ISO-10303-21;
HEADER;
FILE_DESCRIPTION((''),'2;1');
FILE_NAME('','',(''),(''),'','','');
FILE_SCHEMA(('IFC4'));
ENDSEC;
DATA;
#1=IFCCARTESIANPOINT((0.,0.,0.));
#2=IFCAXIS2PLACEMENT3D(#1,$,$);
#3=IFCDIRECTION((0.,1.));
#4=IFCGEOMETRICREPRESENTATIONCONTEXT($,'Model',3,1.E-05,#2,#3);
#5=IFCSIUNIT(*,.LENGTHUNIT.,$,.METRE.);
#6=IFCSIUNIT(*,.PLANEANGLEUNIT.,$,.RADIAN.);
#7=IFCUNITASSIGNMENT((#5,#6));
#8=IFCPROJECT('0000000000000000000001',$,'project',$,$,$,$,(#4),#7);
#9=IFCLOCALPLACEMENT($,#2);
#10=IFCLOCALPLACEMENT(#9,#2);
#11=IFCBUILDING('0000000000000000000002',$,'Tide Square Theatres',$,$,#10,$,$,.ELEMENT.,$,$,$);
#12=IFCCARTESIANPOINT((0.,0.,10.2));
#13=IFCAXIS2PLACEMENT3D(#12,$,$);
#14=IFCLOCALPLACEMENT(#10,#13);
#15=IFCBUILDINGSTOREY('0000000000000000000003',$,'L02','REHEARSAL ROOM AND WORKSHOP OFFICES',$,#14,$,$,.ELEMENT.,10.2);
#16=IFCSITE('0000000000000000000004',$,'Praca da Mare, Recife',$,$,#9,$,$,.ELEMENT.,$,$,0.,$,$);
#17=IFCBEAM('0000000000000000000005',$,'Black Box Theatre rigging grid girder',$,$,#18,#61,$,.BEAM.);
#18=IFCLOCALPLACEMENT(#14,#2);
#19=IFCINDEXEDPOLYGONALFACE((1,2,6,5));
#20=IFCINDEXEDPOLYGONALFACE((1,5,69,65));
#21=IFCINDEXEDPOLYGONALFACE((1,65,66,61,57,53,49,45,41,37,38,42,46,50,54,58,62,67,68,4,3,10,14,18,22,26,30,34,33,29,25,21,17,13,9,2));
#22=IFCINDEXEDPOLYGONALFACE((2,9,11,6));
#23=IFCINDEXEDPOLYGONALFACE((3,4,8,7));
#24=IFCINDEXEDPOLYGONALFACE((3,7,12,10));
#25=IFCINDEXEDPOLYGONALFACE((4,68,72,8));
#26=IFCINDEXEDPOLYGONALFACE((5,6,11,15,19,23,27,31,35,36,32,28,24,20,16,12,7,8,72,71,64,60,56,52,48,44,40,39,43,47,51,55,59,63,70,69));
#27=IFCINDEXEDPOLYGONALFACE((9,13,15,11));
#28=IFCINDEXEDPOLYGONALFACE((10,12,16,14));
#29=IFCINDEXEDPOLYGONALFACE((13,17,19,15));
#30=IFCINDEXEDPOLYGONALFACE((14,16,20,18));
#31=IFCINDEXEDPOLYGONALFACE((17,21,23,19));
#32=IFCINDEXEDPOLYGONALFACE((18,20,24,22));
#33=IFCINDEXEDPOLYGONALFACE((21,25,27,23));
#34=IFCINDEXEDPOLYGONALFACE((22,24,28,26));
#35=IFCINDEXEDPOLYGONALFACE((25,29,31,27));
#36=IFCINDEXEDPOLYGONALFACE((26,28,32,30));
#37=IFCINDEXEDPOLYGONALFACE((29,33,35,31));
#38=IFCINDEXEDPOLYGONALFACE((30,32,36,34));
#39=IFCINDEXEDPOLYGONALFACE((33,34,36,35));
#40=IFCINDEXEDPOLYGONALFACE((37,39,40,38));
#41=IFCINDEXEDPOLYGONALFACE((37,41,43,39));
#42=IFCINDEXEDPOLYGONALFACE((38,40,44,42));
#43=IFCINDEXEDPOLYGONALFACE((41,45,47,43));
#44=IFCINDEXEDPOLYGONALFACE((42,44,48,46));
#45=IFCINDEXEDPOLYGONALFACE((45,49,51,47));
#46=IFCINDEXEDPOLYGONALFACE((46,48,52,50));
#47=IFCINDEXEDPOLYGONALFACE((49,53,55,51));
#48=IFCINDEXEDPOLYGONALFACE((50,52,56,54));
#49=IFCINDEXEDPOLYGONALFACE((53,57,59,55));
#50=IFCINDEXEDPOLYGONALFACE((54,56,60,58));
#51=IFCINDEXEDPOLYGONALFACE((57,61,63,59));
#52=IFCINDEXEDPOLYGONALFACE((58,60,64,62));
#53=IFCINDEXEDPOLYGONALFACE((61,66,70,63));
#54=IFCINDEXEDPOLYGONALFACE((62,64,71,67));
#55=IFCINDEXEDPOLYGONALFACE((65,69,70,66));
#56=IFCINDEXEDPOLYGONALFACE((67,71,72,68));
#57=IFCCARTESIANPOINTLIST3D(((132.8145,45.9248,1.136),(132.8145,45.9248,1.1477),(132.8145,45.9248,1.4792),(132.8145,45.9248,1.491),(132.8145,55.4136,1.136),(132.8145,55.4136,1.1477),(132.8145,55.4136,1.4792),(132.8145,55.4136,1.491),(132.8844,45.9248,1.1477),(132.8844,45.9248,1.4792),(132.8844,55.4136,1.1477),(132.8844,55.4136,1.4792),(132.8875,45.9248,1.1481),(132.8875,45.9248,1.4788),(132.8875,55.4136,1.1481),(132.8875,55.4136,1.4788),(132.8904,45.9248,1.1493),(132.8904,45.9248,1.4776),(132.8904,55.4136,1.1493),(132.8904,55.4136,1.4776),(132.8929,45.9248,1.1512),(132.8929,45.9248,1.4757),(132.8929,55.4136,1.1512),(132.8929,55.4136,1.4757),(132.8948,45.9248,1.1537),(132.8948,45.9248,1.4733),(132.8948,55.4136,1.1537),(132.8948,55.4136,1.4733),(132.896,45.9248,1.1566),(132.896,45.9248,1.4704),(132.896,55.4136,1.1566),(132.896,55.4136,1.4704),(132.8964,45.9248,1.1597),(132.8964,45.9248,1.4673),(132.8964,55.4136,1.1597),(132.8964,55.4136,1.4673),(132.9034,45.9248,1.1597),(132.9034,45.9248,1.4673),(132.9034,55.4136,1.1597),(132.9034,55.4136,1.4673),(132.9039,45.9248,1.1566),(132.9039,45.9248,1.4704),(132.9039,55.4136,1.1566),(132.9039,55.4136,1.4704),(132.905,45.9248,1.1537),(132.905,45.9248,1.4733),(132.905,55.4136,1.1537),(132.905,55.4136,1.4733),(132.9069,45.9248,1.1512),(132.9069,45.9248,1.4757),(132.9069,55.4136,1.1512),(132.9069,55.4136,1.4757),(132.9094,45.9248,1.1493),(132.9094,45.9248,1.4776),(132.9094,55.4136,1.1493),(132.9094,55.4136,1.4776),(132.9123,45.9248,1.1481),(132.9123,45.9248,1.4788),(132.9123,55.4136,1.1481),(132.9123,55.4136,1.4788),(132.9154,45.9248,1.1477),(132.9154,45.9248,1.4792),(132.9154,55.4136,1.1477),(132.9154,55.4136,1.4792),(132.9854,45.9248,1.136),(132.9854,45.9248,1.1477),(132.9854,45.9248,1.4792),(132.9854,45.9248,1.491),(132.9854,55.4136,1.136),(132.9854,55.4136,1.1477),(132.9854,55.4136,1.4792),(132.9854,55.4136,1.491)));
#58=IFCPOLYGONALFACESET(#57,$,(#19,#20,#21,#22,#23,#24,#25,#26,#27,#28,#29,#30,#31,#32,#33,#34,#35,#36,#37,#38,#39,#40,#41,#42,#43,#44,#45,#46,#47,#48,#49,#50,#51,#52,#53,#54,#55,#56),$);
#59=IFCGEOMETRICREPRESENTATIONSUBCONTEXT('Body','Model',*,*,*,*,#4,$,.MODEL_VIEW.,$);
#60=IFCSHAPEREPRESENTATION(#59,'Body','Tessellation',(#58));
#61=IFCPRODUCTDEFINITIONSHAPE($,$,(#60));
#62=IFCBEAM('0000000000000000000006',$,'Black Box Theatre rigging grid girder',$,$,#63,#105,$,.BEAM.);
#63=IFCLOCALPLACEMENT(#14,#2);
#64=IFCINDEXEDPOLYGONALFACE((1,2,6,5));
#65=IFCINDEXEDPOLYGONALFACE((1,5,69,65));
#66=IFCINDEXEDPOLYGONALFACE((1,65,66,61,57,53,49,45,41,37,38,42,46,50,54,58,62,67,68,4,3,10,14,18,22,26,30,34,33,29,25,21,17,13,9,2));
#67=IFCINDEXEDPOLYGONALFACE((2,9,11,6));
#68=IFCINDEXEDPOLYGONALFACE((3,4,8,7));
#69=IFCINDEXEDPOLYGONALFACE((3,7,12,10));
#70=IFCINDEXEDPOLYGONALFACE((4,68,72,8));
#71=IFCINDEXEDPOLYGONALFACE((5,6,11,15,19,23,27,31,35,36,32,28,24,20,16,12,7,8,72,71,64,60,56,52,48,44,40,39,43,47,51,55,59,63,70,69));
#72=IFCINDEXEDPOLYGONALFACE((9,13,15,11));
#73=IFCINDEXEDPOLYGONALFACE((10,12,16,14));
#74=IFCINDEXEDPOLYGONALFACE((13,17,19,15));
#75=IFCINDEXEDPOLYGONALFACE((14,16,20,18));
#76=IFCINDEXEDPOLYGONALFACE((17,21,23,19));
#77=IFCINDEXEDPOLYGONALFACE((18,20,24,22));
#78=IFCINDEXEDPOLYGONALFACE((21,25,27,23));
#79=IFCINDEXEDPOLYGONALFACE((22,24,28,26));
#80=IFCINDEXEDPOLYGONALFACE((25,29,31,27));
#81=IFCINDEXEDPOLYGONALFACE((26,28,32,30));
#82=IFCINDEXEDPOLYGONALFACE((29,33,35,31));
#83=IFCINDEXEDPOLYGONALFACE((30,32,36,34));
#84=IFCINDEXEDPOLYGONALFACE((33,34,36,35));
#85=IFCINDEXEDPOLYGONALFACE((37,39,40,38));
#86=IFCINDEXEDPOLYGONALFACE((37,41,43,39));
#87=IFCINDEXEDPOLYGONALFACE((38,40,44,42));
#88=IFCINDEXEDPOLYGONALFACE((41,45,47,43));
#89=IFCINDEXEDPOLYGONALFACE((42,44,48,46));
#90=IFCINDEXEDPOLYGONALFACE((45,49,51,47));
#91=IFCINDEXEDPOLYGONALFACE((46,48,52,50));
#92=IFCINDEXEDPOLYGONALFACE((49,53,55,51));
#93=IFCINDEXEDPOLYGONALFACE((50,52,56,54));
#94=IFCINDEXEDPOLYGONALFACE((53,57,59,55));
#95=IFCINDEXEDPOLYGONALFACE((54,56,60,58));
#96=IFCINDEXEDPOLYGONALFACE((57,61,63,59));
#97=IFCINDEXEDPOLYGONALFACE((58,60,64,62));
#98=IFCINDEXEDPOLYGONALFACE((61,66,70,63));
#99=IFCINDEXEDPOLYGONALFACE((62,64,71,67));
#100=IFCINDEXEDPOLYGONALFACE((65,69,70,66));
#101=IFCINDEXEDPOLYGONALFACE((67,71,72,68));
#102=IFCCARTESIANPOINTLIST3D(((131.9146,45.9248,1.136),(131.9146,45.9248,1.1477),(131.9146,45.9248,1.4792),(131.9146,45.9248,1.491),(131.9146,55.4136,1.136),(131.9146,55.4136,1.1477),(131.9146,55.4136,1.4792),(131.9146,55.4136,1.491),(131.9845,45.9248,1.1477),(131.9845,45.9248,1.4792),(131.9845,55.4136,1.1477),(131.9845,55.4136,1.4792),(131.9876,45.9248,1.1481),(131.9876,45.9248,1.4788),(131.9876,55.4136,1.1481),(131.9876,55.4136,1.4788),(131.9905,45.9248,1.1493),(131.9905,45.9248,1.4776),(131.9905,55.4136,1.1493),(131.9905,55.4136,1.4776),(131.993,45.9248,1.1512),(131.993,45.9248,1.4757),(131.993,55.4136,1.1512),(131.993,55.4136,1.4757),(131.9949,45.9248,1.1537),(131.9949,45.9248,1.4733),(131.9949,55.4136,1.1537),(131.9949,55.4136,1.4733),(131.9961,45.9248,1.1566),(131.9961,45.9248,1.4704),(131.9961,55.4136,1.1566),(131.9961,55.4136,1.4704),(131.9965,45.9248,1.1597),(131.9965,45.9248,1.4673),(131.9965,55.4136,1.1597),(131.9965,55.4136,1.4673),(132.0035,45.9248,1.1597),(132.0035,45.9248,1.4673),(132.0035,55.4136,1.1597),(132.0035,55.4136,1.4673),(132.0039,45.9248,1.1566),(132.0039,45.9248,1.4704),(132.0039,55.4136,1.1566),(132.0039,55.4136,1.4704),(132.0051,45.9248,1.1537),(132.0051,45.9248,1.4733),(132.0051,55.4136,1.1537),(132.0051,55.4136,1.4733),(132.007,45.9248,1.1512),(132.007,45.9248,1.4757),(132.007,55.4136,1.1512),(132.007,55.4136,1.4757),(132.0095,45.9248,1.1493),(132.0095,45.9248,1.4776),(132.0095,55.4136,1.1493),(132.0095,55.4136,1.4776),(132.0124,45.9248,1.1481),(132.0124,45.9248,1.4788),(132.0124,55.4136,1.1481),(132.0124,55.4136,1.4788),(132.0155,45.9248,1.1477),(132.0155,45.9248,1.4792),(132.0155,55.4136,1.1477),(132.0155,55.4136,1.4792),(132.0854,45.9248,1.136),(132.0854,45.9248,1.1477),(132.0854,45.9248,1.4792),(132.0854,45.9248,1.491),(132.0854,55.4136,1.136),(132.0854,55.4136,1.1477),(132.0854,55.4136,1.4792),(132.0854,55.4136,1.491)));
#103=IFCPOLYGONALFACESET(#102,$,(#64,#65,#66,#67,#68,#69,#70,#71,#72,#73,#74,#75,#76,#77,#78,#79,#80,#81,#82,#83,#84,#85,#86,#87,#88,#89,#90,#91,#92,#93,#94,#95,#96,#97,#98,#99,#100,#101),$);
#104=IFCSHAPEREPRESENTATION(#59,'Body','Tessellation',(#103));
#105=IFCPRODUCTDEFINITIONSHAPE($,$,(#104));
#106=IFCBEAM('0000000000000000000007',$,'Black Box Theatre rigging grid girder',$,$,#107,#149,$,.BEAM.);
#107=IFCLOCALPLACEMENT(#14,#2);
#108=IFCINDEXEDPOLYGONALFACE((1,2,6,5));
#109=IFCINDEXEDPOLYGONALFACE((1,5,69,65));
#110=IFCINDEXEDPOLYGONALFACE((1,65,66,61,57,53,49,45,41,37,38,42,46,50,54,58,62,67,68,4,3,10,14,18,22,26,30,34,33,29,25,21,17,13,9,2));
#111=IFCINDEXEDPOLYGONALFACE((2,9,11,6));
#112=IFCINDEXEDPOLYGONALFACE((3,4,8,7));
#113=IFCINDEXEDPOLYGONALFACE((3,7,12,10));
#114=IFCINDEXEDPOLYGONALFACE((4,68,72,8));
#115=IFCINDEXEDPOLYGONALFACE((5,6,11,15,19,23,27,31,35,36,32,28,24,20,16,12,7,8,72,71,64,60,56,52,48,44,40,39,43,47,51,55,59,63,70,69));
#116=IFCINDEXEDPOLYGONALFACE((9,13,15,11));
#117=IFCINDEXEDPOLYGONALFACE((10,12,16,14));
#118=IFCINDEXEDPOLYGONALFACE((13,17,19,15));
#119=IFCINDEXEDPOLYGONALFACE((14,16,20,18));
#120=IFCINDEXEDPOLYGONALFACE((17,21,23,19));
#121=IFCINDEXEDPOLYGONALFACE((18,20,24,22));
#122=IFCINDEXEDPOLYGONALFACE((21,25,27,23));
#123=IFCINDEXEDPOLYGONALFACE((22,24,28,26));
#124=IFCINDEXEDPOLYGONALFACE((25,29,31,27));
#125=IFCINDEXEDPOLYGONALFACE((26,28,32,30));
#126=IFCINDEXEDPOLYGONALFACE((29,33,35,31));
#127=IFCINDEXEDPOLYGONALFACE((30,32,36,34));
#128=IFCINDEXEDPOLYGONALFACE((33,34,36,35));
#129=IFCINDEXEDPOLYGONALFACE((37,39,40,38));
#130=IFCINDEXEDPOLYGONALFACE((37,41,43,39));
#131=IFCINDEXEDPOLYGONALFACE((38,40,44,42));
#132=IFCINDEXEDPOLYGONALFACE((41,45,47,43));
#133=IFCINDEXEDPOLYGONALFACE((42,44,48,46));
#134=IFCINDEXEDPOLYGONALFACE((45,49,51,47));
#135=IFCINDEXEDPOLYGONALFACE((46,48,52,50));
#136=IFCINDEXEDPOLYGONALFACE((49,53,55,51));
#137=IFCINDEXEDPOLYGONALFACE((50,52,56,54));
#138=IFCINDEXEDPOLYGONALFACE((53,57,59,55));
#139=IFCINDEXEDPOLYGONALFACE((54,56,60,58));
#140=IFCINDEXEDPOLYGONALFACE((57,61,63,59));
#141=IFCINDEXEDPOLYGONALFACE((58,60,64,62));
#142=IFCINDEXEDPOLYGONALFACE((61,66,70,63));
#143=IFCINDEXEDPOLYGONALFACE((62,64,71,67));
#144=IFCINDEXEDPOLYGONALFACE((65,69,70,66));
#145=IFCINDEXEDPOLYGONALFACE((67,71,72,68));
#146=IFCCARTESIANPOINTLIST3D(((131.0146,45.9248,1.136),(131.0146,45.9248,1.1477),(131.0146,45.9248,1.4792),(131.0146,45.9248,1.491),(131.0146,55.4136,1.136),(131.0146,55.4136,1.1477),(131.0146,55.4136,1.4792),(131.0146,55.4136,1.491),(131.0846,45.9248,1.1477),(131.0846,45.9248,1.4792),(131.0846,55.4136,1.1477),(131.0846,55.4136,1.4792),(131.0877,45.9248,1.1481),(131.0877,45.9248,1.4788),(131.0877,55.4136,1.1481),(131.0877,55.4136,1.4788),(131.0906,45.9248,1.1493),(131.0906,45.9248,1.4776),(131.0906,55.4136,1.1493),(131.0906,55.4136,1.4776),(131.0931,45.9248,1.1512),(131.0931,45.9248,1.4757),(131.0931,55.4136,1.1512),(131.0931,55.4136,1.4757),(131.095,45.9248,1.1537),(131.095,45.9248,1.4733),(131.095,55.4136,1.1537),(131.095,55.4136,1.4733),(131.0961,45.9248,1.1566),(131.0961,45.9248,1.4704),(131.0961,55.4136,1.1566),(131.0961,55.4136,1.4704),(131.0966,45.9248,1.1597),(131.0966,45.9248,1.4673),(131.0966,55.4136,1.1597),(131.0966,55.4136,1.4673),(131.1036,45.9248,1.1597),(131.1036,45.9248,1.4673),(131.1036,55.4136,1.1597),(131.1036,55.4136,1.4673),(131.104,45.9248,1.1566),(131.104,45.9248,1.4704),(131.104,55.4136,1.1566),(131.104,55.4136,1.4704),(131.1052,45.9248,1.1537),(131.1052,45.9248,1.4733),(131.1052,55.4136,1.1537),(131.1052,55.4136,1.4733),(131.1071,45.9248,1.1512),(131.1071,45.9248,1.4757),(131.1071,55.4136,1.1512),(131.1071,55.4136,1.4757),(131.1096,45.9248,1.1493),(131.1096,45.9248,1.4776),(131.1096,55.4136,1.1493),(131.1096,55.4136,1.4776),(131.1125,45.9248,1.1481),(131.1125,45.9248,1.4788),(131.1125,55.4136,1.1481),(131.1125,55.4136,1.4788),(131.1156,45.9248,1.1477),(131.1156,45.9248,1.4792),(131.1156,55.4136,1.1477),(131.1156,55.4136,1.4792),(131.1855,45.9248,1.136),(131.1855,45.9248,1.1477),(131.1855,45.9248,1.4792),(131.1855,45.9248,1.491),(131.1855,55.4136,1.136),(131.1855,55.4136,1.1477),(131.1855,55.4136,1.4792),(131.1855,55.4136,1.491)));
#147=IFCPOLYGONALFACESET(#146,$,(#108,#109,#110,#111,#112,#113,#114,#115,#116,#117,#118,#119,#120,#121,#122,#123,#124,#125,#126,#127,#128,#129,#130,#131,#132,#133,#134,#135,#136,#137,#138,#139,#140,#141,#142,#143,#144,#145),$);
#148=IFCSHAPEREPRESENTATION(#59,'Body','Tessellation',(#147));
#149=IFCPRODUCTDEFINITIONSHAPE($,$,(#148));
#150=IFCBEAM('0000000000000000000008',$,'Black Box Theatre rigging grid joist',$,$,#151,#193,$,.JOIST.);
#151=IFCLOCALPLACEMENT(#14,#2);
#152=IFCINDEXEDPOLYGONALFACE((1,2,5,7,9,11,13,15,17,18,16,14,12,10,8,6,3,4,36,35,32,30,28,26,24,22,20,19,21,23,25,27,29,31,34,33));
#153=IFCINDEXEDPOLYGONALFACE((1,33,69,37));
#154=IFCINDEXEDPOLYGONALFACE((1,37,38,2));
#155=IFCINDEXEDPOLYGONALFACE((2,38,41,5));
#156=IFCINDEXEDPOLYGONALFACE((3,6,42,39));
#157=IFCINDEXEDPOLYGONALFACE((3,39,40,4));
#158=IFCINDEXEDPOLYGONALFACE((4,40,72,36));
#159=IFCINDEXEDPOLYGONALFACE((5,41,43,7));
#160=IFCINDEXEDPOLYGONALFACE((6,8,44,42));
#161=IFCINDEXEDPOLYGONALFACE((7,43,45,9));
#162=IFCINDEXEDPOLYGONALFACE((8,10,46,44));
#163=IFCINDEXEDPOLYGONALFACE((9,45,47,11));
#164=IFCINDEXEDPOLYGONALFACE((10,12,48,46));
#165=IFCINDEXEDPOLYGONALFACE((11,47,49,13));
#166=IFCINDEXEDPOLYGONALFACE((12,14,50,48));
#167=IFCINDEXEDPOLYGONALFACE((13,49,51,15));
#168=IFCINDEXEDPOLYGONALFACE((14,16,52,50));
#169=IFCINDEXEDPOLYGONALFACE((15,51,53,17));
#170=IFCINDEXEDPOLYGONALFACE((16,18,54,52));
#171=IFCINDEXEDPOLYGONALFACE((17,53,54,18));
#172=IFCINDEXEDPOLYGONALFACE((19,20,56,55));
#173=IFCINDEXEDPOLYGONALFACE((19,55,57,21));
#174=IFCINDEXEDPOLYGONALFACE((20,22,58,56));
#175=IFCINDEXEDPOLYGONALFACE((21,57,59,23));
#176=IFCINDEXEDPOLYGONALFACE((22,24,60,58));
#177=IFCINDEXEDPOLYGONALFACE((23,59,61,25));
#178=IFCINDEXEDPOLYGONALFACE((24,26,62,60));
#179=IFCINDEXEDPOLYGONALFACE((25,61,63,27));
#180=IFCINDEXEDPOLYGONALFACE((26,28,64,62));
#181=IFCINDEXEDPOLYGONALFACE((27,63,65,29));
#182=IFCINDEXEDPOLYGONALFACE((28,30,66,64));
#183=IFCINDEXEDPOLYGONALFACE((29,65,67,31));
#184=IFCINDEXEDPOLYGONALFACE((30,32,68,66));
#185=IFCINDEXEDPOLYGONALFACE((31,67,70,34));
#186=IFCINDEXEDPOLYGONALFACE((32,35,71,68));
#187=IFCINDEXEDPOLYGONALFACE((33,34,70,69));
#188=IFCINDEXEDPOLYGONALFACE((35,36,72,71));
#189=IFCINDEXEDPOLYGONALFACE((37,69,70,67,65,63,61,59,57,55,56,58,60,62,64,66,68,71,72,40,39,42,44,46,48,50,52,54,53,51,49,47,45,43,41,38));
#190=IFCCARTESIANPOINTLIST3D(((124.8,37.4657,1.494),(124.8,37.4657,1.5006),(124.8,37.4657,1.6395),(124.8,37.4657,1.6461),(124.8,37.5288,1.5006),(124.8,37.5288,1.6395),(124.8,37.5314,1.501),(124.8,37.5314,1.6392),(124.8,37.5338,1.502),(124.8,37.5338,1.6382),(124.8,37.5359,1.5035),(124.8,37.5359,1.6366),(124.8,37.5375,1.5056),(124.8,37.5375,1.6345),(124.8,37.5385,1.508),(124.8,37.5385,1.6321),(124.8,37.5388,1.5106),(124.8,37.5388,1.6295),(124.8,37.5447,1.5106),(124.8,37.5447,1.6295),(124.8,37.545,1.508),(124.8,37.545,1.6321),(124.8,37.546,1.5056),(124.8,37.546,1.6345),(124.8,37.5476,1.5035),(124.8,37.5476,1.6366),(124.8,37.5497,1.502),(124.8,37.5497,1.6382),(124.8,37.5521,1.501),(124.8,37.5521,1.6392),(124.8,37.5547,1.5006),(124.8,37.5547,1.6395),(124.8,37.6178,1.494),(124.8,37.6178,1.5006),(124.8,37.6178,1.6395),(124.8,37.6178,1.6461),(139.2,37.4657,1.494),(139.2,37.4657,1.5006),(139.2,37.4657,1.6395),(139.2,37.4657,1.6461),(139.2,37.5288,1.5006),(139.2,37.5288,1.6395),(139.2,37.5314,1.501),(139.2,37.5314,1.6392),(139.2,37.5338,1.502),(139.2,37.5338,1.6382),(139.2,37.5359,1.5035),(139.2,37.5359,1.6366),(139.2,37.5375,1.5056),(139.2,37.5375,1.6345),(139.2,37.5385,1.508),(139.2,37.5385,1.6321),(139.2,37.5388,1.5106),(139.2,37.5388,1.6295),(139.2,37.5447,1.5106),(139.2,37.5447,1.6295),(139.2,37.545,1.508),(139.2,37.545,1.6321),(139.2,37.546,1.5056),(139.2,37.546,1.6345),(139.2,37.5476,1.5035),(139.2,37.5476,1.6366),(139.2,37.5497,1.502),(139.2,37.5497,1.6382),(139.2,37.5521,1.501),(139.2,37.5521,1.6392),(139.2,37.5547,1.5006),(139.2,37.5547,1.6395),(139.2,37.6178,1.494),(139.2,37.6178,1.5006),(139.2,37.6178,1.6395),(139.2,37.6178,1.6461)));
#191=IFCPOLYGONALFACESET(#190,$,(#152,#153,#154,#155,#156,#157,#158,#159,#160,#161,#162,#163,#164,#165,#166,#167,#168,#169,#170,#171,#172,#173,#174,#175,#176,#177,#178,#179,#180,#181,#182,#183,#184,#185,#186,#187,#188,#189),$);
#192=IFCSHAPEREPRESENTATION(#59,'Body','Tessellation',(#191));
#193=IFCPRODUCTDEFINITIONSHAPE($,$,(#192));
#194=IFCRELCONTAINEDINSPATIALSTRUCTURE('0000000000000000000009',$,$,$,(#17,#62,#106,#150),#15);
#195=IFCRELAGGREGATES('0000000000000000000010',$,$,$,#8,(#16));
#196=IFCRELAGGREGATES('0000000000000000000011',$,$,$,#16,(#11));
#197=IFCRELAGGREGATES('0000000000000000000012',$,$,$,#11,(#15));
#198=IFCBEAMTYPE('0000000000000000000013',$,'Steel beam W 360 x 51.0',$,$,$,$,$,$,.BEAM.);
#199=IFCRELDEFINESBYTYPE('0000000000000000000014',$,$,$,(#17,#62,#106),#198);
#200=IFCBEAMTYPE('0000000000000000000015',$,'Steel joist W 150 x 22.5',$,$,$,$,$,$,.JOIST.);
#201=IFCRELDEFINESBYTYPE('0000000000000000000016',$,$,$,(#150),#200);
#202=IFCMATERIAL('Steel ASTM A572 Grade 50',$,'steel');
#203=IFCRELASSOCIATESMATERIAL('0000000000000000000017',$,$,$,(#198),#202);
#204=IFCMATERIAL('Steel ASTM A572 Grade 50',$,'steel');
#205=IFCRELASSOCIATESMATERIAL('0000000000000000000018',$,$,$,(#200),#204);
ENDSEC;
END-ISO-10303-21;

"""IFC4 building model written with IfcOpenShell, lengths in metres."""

from ifc_helpers import new_model, si_unit, direction, frame, origin, origin_2d, place, context, subcontext, project, spatial, i_section, extrude, material, material_profile, profile_set, type_object, element, save


model = new_model("IFC4")

# Units and contexts
model_context = context("Model", 3, precision=1e-05, world=origin(), true_north=direction((0.0, 1.0)))
body_context = subcontext(model_context, "Body", "Model", "MODEL_VIEW")
ifc_project = project(units=[si_unit("LENGTHUNIT", "METRE"), si_unit("PLANEANGLEUNIT", "RADIAN")], contexts=[model_context])

# Site, building, storey
site_placement = place(None, origin())
site = spatial("IfcSite", under=ifc_project, at=site_placement, Name="Praca da Mare, Recife", CompositionType="ELEMENT", RefElevation=0.0)
building_placement = place(site_placement, origin())
building = spatial("IfcBuilding", under=site, at=building_placement, Name="Tide Square Theatres", CompositionType="ELEMENT")
storey_placement = place(building_placement, frame((0.0, 0.0, 10.2)))
storey = spatial("IfcBuildingStorey", under=building, at=storey_placement, Name="L02", Description="REHEARSAL ROOM AND WORKSHOP OFFICES", CompositionType="ELEMENT", Elevation=10.2)

# Beams
ifc_material_1 = material(Name="Steel ASTM A572 Grade 50", Category="steel")
ifc_material_profile_1 = material_profile(ifc_material_1, i_section(OverallWidth=0.1709, OverallDepth=0.355, WebThickness=0.0071, FlangeThickness=0.0117, FilletRadius=0.012, at=origin_2d()))
ifc_profile_set_1 = profile_set([ifc_material_profile_1], Name="Steel ASTM A572 Grade 50")
beam_type_1 = type_object("IfcBeamType", Name="Steel beam W 360 x 51.0", PredefinedType="BEAM", material=ifc_profile_set_1)
for number, where, z_axis, x_axis, name in (
    (1, (132.8999, 45.9248, 1.3135), (0.0, 1.0, 0.0), (-1.0, 0.0, 0.0), "Black Box Theatre rigging grid girder"),
    (2, (132.0, 45.9248, 1.3135), (0.0, 1.0, 0.0), (-1.0, 0.0, 0.0), "Black Box Theatre rigging grid girder"),
    (3, (131.1001, 45.9248, 1.3135), (0.0, 1.0, 0.0), (-1.0, 0.0, 0.0), "Black Box Theatre rigging grid girder"),
):
    element("IfcBeam", number, at=place(storey_placement, frame(where, z_axis=z_axis, x_axis=x_axis)), inside=storey, type_object=beam_type_1, Name=name, PredefinedType="BEAM", context=body_context, shape_type="SweptSolid", body=[
        extrude(i_section(OverallWidth=0.1709, OverallDepth=0.355, WebThickness=0.0071, FlangeThickness=0.0117, FilletRadius=0.012, at=origin_2d()), origin(), (0.0, 0.0, 1.0), 9.4888),
    ])
ifc_material_2 = material(Name="Steel ASTM A572 Grade 50", Category="steel")
ifc_material_profile_2 = material_profile(ifc_material_2, i_section(OverallWidth=0.1521, OverallDepth=0.1521, WebThickness=0.0059, FlangeThickness=0.0066, FilletRadius=0.01, at=origin_2d()))
ifc_profile_set_2 = profile_set([ifc_material_profile_2], Name="Steel ASTM A572 Grade 50")
beam_type_2 = type_object("IfcBeamType", Name="Steel joist W 150 x 22.5", PredefinedType="JOIST", material=ifc_profile_set_2)
for number, where, z_axis, x_axis, name in (
    (4, (139.2, 37.5417, 1.5701), (-1.0, 0.0, 0.0), (0.0, -1.0, 0.0), "Black Box Theatre rigging grid joist"),
):
    element("IfcBeam", number, at=place(storey_placement, frame(where, z_axis=z_axis, x_axis=x_axis)), inside=storey, type_object=beam_type_2, Name=name, PredefinedType="JOIST", context=body_context, shape_type="SweptSolid", body=[
        extrude(i_section(OverallWidth=0.1521, OverallDepth=0.1521, WebThickness=0.0059, FlangeThickness=0.0066, FilletRadius=0.01, at=origin_2d()), origin(), (0.0, 0.0, 1.0), 14.3999),
    ])

save(model, "model.ifc")
